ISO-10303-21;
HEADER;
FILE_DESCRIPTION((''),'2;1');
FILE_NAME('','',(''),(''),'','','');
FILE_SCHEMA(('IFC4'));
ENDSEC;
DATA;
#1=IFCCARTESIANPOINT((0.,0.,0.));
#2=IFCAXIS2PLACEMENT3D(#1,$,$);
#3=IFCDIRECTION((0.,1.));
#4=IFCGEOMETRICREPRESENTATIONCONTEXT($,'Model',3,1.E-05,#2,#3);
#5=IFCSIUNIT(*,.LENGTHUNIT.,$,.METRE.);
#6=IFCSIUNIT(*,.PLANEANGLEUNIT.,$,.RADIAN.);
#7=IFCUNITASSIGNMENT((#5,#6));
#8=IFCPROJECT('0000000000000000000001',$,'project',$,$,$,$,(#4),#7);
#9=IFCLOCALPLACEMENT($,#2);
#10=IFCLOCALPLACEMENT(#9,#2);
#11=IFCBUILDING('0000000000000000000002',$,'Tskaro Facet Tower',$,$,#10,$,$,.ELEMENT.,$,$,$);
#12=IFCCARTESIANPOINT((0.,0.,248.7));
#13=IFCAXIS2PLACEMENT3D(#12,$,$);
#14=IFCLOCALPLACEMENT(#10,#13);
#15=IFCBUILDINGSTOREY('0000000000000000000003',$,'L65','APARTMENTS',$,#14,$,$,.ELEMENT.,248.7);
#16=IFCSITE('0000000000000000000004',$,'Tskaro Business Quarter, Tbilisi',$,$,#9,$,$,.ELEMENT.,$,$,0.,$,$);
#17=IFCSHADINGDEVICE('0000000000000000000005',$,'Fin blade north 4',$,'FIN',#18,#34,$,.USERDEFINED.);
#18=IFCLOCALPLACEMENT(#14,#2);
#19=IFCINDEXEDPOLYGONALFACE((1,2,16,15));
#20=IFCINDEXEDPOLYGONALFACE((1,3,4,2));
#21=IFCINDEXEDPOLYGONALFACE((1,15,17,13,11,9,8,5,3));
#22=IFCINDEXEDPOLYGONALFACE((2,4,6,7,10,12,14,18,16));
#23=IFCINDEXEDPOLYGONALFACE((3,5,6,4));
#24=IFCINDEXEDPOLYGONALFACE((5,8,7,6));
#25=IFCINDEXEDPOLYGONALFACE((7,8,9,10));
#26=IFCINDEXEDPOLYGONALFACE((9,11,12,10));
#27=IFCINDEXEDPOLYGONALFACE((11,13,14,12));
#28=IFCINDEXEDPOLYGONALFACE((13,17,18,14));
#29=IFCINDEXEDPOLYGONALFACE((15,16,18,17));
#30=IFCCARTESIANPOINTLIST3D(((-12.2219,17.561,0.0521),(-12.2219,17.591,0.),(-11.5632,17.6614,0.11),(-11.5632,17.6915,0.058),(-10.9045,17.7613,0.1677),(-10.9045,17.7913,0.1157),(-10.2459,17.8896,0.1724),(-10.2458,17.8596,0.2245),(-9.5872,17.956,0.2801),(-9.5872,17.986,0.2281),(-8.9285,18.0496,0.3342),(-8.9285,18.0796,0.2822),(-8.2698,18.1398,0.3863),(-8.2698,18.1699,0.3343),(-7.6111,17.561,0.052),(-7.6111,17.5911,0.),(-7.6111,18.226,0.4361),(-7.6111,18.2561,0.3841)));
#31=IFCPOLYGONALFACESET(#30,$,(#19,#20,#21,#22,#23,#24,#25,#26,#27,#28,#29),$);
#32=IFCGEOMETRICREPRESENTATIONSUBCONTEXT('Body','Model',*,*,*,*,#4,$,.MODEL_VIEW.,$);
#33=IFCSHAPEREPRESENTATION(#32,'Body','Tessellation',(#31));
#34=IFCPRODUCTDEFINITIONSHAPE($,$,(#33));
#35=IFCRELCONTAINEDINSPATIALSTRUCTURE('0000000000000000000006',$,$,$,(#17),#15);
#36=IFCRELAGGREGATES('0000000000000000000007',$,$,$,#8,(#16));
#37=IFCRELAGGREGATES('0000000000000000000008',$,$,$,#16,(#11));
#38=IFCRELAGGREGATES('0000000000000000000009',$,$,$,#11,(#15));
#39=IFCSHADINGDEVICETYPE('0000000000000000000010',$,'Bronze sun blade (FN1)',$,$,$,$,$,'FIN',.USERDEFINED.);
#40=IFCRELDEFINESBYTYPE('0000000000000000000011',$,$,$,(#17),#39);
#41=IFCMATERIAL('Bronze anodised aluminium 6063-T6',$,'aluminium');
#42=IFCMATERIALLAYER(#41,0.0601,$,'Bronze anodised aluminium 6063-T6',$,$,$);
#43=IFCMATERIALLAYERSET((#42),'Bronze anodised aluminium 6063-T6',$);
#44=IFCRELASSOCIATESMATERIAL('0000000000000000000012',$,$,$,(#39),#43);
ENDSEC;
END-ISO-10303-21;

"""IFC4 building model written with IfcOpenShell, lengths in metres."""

from ifc_helpers import new_model, si_unit, direction, frame, origin, place, context, subcontext, project, spatial, polyline, outline, extrude, material, layer, layer_set, type_object, element, save


model = new_model("IFC4")

# Units and contexts
model_context = context("Model", 3, precision=1e-05, world=origin(), true_north=direction((0.0, 1.0)))
body_context = subcontext(model_context, "Body", "Model", "MODEL_VIEW")
ifc_project = project(units=[si_unit("LENGTHUNIT", "METRE"), si_unit("PLANEANGLEUNIT", "RADIAN")], contexts=[model_context])

# Site, building, storey
site_placement = place(None, origin())
site = spatial("IfcSite", under=ifc_project, at=site_placement, Name="Tskaro Business Quarter, Tbilisi", CompositionType="ELEMENT", RefElevation=0.0)
building_placement = place(site_placement, origin())
building = spatial("IfcBuilding", under=site, at=building_placement, Name="Tskaro Facet Tower", CompositionType="ELEMENT")
storey_placement = place(building_placement, frame((0.0, 0.0, 248.7)))
storey = spatial("IfcBuildingStorey", under=building, at=storey_placement, Name="L65", Description="APARTMENTS", CompositionType="ELEMENT", Elevation=248.7)

# Shared definitions
ifc_material_1 = material(Name="Bronze anodised aluminium 6063-T6", Category="aluminium")

# Shading device
ifc_layer_1 = layer(ifc_material_1, 0.0601, Name="Bronze anodised aluminium 6063-T6")
ifc_layer_set_1 = layer_set([ifc_layer_1], Name="Bronze anodised aluminium 6063-T6")
shading_device_type = type_object("IfcShadingDeviceType", Name="Bronze sun blade (FN1)", ElementType="FIN", PredefinedType="USERDEFINED", material=ifc_layer_set_1)
shading_device_placement = place(storey_placement, frame((-7.6111, 17.561, 0.052), z_axis=(0.000012, -0.500133, 0.865949), x_axis=(-1.0, -0.000006, 0.000011)))
element("IfcShadingDevice", 1, at=shading_device_placement, inside=storey, type_object=shading_device_type, Name="Fin blade north 4", ObjectType="FIN", PredefinedType="USERDEFINED", context=body_context, shape_type="SweptSolid", body=[
    extrude(outline(polyline([(0.0, 0.0), (4.6108, 0.0), (3.9521, -0.116), (3.2935, -0.2312), (2.6348, -0.3448), (1.9761, -0.4561), (1.3174, -0.5642), (0.6587, -0.6684), (0.0, -0.768), (0.0, 0.0)])), origin(), (0.0, 0.0, -1.0), 0.0601),
])

save(model, "model.ifc")
